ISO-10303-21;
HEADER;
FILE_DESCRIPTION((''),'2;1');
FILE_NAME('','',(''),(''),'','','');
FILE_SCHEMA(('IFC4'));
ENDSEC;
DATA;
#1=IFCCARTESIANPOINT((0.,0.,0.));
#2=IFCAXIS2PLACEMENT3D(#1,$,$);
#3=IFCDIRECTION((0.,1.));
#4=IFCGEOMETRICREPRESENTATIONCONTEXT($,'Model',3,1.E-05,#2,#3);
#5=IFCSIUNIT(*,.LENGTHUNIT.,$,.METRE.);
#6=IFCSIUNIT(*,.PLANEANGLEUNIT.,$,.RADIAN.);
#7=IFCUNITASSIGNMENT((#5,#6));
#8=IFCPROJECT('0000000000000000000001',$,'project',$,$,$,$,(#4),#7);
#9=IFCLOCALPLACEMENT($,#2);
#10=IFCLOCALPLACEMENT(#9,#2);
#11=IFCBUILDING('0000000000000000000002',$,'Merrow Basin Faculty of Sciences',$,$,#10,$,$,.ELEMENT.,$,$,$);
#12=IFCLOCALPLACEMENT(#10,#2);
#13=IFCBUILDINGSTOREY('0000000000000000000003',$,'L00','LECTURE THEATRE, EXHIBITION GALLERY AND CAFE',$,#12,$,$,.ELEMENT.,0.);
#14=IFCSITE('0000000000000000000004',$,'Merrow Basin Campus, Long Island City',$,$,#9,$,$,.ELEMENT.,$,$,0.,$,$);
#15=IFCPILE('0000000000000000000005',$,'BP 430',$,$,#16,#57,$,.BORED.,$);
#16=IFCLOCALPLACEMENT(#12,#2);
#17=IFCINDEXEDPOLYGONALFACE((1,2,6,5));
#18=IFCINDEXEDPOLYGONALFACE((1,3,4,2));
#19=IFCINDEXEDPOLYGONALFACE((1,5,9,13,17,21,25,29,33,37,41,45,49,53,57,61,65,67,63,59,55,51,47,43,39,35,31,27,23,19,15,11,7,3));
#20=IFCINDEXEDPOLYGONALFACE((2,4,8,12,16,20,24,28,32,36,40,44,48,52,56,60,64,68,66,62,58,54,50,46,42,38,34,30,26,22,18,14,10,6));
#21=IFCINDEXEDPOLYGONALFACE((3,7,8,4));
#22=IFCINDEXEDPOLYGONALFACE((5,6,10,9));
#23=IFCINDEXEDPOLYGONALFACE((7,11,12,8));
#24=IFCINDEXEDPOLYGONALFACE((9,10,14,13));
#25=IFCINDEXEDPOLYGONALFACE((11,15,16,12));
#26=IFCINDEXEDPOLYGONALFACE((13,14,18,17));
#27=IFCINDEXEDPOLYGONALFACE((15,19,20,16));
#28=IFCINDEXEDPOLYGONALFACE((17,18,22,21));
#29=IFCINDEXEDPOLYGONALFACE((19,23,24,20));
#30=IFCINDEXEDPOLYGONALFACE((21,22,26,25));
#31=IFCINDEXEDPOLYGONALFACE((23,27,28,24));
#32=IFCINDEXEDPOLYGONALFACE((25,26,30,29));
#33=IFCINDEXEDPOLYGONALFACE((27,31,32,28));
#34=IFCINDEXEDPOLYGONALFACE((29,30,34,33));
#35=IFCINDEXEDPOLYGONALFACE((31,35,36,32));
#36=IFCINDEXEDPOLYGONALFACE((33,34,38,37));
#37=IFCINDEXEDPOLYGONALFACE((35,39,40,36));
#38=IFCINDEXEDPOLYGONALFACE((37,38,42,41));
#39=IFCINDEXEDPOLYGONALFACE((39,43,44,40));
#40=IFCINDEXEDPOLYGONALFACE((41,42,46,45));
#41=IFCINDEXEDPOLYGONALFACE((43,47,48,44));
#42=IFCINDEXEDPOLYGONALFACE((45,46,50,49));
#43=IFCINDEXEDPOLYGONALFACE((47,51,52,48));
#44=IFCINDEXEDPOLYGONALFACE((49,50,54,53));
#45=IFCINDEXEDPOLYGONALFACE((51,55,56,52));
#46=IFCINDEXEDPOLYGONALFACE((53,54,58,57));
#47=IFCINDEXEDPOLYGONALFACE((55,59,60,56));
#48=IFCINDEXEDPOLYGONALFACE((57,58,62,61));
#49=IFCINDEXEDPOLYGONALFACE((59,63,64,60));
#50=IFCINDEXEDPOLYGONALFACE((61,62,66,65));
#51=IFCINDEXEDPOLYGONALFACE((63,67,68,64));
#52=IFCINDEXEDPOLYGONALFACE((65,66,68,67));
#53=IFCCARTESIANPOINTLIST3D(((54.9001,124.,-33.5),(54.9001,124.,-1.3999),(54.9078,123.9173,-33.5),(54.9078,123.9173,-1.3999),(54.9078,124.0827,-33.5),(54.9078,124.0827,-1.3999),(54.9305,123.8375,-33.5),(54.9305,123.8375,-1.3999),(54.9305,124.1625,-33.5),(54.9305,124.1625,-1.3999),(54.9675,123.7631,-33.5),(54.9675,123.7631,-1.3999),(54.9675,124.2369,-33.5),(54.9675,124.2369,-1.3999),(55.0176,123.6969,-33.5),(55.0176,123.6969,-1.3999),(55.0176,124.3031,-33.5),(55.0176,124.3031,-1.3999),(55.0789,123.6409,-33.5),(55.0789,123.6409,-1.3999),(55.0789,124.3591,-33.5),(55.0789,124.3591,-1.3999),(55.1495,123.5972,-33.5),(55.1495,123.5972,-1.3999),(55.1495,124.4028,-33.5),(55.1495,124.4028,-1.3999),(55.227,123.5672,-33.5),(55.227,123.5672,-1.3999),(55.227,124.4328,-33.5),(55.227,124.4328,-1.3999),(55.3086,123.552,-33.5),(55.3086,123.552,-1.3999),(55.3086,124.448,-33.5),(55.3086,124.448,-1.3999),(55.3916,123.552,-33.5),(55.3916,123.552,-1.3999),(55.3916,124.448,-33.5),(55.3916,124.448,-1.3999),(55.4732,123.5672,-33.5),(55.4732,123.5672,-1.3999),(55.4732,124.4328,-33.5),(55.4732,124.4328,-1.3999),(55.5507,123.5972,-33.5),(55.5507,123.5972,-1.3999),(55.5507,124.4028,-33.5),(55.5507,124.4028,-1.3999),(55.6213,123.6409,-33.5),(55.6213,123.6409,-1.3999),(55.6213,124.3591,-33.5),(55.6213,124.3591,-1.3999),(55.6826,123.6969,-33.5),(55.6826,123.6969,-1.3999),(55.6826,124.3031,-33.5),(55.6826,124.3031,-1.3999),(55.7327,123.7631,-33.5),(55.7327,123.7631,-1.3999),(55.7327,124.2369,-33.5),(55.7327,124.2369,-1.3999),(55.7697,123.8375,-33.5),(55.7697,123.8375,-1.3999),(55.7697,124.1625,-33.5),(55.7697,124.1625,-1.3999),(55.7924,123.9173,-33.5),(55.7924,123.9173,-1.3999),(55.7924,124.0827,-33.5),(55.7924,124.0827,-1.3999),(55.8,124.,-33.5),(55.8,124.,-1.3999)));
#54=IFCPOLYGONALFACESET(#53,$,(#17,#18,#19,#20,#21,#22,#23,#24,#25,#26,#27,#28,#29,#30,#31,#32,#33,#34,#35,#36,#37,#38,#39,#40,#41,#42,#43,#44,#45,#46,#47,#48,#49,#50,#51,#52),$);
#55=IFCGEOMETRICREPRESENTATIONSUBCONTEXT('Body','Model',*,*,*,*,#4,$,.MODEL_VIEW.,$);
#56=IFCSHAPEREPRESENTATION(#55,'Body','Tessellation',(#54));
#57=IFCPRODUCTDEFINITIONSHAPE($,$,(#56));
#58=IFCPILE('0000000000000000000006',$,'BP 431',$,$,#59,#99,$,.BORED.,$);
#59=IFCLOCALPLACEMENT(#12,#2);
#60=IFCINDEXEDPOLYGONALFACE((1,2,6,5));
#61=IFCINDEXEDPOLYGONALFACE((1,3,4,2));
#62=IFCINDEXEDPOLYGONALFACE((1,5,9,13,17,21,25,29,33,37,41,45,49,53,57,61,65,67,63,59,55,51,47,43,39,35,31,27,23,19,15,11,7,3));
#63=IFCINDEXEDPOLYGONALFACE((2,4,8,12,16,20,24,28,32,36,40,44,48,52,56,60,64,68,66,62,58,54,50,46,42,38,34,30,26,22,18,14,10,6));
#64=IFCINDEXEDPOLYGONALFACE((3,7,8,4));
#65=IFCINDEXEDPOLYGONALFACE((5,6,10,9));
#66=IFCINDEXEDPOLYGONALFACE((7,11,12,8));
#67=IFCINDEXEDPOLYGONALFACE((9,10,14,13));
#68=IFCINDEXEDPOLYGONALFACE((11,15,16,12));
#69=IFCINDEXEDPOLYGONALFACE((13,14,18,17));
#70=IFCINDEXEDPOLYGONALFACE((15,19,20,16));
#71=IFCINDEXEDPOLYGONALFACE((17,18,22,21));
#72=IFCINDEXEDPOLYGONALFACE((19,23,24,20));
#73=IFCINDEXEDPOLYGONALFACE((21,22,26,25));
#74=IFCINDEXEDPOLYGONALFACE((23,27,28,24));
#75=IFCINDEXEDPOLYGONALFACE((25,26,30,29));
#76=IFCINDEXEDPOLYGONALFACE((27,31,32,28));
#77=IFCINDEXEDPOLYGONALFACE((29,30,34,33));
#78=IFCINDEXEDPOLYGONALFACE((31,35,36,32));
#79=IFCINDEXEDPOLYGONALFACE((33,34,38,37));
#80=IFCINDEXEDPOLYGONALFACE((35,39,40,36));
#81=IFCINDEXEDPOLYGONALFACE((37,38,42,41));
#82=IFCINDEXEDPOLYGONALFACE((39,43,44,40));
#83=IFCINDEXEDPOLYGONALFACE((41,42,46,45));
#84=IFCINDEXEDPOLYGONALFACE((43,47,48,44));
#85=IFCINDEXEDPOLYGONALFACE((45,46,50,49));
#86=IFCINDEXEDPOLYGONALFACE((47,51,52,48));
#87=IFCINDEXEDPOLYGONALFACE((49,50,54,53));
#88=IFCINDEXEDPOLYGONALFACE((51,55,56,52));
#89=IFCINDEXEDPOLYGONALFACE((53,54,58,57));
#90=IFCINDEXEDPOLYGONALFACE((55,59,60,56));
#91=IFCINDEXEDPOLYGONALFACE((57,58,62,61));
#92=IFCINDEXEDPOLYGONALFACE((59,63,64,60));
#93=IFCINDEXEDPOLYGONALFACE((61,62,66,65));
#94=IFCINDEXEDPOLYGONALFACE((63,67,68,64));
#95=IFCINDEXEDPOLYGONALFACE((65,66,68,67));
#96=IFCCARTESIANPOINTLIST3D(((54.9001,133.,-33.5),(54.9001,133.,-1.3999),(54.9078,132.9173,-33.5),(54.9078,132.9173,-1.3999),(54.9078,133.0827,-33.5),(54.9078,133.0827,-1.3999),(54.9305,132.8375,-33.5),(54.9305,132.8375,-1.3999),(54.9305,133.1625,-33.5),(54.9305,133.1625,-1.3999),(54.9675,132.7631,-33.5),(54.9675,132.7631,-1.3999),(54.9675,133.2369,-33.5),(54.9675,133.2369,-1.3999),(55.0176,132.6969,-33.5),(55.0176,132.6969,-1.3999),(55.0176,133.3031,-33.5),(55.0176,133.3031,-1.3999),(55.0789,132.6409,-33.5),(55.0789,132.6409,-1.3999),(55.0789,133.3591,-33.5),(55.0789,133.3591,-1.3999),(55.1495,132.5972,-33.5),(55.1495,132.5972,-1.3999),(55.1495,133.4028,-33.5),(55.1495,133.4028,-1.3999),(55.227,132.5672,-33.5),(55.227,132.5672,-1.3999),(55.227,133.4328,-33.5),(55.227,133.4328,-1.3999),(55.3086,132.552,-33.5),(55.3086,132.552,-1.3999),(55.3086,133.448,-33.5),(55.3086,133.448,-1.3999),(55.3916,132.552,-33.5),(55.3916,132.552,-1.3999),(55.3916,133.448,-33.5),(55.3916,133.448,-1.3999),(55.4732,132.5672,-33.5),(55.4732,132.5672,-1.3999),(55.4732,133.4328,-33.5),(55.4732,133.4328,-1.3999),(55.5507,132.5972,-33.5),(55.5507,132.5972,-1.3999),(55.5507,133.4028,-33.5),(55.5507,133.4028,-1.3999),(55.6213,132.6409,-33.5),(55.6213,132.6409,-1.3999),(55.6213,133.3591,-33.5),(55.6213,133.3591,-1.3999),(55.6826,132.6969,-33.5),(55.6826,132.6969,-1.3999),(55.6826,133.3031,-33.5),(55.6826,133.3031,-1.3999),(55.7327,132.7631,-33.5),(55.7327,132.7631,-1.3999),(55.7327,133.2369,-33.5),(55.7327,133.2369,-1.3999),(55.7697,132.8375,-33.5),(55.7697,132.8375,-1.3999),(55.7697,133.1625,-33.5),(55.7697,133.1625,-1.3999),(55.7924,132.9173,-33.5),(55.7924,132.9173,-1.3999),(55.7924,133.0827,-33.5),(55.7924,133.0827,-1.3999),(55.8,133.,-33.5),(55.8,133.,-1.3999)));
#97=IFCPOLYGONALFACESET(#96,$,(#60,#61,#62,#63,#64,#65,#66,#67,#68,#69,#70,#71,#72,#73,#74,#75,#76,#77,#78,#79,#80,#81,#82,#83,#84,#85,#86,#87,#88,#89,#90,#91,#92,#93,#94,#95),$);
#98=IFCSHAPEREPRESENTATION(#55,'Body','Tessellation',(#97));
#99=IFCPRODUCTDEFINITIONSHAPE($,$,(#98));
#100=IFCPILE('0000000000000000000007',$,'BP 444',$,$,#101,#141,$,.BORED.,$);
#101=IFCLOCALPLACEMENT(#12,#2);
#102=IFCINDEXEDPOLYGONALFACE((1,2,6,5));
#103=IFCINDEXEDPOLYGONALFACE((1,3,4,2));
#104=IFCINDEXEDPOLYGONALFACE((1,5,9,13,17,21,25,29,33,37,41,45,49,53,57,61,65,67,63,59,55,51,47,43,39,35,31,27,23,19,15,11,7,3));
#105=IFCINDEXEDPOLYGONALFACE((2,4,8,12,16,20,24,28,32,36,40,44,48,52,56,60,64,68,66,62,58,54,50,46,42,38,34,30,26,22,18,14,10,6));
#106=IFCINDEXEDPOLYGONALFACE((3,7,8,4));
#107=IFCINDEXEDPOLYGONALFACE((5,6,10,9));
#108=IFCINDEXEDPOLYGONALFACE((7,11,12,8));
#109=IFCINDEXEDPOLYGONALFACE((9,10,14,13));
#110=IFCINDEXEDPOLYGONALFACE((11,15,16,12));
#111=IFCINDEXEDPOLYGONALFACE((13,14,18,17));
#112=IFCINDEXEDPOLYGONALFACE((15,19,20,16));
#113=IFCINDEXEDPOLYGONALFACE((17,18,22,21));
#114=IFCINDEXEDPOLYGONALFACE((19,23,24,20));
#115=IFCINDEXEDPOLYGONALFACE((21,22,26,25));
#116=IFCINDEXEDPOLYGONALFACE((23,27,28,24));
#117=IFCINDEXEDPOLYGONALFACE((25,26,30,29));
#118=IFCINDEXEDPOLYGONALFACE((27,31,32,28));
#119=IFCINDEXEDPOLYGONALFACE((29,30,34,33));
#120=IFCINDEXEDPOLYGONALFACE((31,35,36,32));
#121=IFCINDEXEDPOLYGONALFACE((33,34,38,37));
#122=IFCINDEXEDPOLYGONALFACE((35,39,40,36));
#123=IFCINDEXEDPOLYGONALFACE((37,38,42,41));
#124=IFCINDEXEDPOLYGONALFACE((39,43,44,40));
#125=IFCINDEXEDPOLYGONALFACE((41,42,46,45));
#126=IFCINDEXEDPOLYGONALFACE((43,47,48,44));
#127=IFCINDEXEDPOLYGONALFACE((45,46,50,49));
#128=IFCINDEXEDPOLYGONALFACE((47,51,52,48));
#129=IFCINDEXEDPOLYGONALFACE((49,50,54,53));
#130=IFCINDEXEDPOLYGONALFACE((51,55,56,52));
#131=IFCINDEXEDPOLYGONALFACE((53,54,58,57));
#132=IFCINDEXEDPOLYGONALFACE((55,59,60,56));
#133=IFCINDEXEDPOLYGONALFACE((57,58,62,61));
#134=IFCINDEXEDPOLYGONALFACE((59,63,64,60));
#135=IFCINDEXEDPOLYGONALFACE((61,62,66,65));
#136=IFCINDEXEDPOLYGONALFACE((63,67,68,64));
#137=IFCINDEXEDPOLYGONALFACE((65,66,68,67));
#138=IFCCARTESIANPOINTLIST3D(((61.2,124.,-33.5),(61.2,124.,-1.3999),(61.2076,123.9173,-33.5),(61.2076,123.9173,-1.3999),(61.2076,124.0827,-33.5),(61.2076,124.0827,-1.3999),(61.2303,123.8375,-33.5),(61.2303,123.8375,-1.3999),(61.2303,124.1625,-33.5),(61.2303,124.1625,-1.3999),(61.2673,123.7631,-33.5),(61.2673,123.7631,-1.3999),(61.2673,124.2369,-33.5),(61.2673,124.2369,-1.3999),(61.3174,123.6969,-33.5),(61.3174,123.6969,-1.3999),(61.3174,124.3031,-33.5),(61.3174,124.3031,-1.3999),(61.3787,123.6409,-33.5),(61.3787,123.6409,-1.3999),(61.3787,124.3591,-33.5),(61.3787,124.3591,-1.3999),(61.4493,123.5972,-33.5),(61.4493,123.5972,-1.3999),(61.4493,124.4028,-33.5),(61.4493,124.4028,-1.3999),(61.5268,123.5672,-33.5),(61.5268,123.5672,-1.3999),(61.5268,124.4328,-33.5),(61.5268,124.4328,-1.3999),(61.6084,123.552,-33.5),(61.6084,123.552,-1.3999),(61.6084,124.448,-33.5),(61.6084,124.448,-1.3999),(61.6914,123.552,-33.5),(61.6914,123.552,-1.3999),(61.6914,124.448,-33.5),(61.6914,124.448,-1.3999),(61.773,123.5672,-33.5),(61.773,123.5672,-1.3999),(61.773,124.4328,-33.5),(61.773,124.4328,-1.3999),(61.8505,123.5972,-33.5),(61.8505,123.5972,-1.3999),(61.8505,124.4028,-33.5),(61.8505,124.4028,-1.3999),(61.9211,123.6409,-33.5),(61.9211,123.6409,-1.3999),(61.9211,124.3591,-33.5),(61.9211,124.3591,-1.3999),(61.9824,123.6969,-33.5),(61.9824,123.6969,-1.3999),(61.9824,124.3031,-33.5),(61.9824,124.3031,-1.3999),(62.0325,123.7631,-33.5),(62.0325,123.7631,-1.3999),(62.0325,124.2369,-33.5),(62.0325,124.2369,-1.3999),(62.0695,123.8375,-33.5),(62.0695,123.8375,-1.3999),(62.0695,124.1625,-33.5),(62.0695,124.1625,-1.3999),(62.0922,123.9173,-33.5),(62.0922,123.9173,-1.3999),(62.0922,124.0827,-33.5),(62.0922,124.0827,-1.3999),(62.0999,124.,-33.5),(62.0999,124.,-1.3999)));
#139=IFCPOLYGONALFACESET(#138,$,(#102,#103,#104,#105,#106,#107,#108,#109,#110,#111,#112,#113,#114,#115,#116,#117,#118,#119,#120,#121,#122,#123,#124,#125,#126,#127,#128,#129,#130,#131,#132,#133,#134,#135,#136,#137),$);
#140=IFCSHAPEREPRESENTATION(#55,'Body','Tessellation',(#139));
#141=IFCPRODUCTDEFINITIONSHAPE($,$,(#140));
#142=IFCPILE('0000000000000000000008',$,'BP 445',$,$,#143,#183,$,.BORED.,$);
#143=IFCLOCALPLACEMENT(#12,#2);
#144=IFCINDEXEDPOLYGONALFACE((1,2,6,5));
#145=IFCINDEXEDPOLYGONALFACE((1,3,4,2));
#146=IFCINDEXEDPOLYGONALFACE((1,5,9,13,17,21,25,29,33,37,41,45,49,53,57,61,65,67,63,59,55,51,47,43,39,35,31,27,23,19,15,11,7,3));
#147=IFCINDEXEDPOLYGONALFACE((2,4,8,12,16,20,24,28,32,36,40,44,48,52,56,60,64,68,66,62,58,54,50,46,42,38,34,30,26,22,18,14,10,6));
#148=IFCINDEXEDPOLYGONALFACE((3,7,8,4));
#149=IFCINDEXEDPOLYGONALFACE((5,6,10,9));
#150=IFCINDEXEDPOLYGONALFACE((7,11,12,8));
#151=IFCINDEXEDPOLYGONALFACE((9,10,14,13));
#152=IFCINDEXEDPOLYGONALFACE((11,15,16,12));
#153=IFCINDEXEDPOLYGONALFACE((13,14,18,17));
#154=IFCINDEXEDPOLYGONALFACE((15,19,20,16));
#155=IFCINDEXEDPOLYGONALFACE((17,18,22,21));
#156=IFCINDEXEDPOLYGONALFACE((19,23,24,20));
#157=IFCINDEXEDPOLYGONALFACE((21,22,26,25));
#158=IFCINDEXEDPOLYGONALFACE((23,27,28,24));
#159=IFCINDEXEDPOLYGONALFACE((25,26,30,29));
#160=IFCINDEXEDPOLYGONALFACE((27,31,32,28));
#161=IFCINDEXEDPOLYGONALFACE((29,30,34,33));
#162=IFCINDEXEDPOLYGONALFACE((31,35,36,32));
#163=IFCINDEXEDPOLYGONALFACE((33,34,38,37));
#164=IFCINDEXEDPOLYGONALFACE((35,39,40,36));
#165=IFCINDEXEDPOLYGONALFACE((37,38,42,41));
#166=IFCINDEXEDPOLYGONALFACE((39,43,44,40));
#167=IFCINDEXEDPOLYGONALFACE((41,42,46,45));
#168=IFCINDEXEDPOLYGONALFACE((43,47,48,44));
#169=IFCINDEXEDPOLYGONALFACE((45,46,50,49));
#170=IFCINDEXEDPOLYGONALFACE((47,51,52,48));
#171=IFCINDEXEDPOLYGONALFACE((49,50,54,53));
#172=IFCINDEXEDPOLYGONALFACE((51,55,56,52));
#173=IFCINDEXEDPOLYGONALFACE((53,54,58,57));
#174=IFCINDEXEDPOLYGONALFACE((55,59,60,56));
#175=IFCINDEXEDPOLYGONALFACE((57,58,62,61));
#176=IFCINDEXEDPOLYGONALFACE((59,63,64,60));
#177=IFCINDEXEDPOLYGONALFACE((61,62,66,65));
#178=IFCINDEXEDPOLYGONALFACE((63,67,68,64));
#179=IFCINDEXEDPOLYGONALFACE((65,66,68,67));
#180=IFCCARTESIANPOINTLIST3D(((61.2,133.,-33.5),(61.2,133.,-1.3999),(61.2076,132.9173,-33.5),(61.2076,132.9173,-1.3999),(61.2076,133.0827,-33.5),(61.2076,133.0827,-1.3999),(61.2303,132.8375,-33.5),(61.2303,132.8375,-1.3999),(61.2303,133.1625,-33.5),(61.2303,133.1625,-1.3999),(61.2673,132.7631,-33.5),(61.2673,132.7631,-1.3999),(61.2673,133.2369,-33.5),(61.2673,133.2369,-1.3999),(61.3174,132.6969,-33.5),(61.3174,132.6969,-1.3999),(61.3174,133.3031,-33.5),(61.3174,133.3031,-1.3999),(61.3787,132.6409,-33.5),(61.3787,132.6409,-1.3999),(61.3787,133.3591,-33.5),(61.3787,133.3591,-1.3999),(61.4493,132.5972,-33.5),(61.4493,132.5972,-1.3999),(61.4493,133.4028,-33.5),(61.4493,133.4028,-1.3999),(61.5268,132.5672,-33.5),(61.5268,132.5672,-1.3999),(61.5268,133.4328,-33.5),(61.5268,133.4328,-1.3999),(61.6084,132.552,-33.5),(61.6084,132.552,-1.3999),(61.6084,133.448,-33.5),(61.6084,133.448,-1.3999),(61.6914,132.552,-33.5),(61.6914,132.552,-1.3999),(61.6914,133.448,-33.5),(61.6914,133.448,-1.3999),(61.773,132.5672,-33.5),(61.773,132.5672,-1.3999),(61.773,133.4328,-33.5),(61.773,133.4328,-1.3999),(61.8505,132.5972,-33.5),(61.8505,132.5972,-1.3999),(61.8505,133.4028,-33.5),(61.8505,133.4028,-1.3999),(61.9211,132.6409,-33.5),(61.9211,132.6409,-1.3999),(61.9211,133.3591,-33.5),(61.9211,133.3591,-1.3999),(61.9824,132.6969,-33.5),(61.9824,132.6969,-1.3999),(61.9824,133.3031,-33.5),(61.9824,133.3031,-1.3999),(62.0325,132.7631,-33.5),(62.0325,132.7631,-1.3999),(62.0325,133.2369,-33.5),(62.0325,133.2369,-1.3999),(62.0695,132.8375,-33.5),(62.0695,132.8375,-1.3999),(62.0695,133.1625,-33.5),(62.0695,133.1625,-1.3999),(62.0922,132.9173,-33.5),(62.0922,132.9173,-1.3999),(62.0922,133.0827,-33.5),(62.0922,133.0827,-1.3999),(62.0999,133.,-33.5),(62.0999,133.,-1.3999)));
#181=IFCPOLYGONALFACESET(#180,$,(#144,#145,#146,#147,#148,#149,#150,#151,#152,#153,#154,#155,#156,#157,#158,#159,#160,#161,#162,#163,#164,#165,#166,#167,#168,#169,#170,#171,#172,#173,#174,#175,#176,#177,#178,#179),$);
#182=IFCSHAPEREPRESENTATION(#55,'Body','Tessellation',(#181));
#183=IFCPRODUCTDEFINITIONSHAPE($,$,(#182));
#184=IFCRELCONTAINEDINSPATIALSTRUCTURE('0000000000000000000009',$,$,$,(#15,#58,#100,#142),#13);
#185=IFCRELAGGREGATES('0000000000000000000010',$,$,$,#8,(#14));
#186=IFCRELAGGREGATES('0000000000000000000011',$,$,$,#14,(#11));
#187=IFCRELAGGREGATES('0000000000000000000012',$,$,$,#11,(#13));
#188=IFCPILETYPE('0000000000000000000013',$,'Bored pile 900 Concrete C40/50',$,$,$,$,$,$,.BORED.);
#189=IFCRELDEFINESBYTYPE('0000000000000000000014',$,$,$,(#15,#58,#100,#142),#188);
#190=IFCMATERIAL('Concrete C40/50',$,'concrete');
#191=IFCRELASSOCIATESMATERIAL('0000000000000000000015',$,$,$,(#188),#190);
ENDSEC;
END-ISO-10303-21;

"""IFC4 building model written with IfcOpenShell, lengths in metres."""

from ifc_helpers import new_model, si_unit, direction, frame, origin, origin_2d, place, context, subcontext, project, spatial, circle, extrude, material, material_profile, profile_set, type_object, element, save


model = new_model("IFC4")

# Units and contexts
model_context = context("Model", 3, precision=1e-05, world=origin(), true_north=direction((0.0, 1.0)))
body_context = subcontext(model_context, "Body", "Model", "MODEL_VIEW")
ifc_project = project(units=[si_unit("LENGTHUNIT", "METRE"), si_unit("PLANEANGLEUNIT", "RADIAN")], contexts=[model_context])

# Site, building, storey
site_placement = place(None, origin())
site = spatial("IfcSite", under=ifc_project, at=site_placement, Name="Merrow Basin Campus, Long Island City", CompositionType="ELEMENT", RefElevation=0.0)
building_placement = place(site_placement, origin())
building = spatial("IfcBuilding", under=site, at=building_placement, Name="Merrow Basin Faculty of Sciences", CompositionType="ELEMENT")
storey_placement = place(building_placement, origin())
storey = spatial("IfcBuildingStorey", under=building, at=storey_placement, Name="L00", Description="LECTURE THEATRE, EXHIBITION GALLERY AND CAFE", CompositionType="ELEMENT", Elevation=0.0)

# Piles
ifc_material_1 = material(Name="Concrete C40/50", Category="concrete")
ifc_material_profile_1 = material_profile(ifc_material_1, circle(Radius=0.45, at=origin_2d()))
ifc_profile_set_1 = profile_set([ifc_material_profile_1], Name="Concrete C40/50")
pile_type = type_object("IfcPileType", Name="Bored pile 900 Concrete C40/50", PredefinedType="BORED", material=ifc_profile_set_1)
for number, where, z_axis, x_axis, name in (
    (1, (55.3501, 124.0, -1.3999), (0.0, 0.0, -1.0), (1.0, 0.0, 0.0), "BP 430"),
    (2, (55.3501, 133.0, -1.3999), (0.0, 0.0, -1.0), (1.0, 0.0, 0.0), "BP 431"),
    (3, (61.6499, 124.0, -1.3999), (0.0, 0.0, -1.0), (1.0, 0.0, 0.0), "BP 444"),
    (4, (61.6499, 133.0, -1.3999), (0.0, 0.0, -1.0), (1.0, 0.0, 0.0), "BP 445"),
):
    element("IfcPile", number, at=place(storey_placement, frame(where, z_axis=z_axis, x_axis=x_axis)), inside=storey, type_object=pile_type, Name=name, PredefinedType="BORED", context=body_context, shape_type="SweptSolid", body=[
        extrude(circle(Radius=0.45, at=origin_2d()), origin(), (0.0, 0.0, 1.0), 32.1001),
    ])

save(model, "model.ifc")
